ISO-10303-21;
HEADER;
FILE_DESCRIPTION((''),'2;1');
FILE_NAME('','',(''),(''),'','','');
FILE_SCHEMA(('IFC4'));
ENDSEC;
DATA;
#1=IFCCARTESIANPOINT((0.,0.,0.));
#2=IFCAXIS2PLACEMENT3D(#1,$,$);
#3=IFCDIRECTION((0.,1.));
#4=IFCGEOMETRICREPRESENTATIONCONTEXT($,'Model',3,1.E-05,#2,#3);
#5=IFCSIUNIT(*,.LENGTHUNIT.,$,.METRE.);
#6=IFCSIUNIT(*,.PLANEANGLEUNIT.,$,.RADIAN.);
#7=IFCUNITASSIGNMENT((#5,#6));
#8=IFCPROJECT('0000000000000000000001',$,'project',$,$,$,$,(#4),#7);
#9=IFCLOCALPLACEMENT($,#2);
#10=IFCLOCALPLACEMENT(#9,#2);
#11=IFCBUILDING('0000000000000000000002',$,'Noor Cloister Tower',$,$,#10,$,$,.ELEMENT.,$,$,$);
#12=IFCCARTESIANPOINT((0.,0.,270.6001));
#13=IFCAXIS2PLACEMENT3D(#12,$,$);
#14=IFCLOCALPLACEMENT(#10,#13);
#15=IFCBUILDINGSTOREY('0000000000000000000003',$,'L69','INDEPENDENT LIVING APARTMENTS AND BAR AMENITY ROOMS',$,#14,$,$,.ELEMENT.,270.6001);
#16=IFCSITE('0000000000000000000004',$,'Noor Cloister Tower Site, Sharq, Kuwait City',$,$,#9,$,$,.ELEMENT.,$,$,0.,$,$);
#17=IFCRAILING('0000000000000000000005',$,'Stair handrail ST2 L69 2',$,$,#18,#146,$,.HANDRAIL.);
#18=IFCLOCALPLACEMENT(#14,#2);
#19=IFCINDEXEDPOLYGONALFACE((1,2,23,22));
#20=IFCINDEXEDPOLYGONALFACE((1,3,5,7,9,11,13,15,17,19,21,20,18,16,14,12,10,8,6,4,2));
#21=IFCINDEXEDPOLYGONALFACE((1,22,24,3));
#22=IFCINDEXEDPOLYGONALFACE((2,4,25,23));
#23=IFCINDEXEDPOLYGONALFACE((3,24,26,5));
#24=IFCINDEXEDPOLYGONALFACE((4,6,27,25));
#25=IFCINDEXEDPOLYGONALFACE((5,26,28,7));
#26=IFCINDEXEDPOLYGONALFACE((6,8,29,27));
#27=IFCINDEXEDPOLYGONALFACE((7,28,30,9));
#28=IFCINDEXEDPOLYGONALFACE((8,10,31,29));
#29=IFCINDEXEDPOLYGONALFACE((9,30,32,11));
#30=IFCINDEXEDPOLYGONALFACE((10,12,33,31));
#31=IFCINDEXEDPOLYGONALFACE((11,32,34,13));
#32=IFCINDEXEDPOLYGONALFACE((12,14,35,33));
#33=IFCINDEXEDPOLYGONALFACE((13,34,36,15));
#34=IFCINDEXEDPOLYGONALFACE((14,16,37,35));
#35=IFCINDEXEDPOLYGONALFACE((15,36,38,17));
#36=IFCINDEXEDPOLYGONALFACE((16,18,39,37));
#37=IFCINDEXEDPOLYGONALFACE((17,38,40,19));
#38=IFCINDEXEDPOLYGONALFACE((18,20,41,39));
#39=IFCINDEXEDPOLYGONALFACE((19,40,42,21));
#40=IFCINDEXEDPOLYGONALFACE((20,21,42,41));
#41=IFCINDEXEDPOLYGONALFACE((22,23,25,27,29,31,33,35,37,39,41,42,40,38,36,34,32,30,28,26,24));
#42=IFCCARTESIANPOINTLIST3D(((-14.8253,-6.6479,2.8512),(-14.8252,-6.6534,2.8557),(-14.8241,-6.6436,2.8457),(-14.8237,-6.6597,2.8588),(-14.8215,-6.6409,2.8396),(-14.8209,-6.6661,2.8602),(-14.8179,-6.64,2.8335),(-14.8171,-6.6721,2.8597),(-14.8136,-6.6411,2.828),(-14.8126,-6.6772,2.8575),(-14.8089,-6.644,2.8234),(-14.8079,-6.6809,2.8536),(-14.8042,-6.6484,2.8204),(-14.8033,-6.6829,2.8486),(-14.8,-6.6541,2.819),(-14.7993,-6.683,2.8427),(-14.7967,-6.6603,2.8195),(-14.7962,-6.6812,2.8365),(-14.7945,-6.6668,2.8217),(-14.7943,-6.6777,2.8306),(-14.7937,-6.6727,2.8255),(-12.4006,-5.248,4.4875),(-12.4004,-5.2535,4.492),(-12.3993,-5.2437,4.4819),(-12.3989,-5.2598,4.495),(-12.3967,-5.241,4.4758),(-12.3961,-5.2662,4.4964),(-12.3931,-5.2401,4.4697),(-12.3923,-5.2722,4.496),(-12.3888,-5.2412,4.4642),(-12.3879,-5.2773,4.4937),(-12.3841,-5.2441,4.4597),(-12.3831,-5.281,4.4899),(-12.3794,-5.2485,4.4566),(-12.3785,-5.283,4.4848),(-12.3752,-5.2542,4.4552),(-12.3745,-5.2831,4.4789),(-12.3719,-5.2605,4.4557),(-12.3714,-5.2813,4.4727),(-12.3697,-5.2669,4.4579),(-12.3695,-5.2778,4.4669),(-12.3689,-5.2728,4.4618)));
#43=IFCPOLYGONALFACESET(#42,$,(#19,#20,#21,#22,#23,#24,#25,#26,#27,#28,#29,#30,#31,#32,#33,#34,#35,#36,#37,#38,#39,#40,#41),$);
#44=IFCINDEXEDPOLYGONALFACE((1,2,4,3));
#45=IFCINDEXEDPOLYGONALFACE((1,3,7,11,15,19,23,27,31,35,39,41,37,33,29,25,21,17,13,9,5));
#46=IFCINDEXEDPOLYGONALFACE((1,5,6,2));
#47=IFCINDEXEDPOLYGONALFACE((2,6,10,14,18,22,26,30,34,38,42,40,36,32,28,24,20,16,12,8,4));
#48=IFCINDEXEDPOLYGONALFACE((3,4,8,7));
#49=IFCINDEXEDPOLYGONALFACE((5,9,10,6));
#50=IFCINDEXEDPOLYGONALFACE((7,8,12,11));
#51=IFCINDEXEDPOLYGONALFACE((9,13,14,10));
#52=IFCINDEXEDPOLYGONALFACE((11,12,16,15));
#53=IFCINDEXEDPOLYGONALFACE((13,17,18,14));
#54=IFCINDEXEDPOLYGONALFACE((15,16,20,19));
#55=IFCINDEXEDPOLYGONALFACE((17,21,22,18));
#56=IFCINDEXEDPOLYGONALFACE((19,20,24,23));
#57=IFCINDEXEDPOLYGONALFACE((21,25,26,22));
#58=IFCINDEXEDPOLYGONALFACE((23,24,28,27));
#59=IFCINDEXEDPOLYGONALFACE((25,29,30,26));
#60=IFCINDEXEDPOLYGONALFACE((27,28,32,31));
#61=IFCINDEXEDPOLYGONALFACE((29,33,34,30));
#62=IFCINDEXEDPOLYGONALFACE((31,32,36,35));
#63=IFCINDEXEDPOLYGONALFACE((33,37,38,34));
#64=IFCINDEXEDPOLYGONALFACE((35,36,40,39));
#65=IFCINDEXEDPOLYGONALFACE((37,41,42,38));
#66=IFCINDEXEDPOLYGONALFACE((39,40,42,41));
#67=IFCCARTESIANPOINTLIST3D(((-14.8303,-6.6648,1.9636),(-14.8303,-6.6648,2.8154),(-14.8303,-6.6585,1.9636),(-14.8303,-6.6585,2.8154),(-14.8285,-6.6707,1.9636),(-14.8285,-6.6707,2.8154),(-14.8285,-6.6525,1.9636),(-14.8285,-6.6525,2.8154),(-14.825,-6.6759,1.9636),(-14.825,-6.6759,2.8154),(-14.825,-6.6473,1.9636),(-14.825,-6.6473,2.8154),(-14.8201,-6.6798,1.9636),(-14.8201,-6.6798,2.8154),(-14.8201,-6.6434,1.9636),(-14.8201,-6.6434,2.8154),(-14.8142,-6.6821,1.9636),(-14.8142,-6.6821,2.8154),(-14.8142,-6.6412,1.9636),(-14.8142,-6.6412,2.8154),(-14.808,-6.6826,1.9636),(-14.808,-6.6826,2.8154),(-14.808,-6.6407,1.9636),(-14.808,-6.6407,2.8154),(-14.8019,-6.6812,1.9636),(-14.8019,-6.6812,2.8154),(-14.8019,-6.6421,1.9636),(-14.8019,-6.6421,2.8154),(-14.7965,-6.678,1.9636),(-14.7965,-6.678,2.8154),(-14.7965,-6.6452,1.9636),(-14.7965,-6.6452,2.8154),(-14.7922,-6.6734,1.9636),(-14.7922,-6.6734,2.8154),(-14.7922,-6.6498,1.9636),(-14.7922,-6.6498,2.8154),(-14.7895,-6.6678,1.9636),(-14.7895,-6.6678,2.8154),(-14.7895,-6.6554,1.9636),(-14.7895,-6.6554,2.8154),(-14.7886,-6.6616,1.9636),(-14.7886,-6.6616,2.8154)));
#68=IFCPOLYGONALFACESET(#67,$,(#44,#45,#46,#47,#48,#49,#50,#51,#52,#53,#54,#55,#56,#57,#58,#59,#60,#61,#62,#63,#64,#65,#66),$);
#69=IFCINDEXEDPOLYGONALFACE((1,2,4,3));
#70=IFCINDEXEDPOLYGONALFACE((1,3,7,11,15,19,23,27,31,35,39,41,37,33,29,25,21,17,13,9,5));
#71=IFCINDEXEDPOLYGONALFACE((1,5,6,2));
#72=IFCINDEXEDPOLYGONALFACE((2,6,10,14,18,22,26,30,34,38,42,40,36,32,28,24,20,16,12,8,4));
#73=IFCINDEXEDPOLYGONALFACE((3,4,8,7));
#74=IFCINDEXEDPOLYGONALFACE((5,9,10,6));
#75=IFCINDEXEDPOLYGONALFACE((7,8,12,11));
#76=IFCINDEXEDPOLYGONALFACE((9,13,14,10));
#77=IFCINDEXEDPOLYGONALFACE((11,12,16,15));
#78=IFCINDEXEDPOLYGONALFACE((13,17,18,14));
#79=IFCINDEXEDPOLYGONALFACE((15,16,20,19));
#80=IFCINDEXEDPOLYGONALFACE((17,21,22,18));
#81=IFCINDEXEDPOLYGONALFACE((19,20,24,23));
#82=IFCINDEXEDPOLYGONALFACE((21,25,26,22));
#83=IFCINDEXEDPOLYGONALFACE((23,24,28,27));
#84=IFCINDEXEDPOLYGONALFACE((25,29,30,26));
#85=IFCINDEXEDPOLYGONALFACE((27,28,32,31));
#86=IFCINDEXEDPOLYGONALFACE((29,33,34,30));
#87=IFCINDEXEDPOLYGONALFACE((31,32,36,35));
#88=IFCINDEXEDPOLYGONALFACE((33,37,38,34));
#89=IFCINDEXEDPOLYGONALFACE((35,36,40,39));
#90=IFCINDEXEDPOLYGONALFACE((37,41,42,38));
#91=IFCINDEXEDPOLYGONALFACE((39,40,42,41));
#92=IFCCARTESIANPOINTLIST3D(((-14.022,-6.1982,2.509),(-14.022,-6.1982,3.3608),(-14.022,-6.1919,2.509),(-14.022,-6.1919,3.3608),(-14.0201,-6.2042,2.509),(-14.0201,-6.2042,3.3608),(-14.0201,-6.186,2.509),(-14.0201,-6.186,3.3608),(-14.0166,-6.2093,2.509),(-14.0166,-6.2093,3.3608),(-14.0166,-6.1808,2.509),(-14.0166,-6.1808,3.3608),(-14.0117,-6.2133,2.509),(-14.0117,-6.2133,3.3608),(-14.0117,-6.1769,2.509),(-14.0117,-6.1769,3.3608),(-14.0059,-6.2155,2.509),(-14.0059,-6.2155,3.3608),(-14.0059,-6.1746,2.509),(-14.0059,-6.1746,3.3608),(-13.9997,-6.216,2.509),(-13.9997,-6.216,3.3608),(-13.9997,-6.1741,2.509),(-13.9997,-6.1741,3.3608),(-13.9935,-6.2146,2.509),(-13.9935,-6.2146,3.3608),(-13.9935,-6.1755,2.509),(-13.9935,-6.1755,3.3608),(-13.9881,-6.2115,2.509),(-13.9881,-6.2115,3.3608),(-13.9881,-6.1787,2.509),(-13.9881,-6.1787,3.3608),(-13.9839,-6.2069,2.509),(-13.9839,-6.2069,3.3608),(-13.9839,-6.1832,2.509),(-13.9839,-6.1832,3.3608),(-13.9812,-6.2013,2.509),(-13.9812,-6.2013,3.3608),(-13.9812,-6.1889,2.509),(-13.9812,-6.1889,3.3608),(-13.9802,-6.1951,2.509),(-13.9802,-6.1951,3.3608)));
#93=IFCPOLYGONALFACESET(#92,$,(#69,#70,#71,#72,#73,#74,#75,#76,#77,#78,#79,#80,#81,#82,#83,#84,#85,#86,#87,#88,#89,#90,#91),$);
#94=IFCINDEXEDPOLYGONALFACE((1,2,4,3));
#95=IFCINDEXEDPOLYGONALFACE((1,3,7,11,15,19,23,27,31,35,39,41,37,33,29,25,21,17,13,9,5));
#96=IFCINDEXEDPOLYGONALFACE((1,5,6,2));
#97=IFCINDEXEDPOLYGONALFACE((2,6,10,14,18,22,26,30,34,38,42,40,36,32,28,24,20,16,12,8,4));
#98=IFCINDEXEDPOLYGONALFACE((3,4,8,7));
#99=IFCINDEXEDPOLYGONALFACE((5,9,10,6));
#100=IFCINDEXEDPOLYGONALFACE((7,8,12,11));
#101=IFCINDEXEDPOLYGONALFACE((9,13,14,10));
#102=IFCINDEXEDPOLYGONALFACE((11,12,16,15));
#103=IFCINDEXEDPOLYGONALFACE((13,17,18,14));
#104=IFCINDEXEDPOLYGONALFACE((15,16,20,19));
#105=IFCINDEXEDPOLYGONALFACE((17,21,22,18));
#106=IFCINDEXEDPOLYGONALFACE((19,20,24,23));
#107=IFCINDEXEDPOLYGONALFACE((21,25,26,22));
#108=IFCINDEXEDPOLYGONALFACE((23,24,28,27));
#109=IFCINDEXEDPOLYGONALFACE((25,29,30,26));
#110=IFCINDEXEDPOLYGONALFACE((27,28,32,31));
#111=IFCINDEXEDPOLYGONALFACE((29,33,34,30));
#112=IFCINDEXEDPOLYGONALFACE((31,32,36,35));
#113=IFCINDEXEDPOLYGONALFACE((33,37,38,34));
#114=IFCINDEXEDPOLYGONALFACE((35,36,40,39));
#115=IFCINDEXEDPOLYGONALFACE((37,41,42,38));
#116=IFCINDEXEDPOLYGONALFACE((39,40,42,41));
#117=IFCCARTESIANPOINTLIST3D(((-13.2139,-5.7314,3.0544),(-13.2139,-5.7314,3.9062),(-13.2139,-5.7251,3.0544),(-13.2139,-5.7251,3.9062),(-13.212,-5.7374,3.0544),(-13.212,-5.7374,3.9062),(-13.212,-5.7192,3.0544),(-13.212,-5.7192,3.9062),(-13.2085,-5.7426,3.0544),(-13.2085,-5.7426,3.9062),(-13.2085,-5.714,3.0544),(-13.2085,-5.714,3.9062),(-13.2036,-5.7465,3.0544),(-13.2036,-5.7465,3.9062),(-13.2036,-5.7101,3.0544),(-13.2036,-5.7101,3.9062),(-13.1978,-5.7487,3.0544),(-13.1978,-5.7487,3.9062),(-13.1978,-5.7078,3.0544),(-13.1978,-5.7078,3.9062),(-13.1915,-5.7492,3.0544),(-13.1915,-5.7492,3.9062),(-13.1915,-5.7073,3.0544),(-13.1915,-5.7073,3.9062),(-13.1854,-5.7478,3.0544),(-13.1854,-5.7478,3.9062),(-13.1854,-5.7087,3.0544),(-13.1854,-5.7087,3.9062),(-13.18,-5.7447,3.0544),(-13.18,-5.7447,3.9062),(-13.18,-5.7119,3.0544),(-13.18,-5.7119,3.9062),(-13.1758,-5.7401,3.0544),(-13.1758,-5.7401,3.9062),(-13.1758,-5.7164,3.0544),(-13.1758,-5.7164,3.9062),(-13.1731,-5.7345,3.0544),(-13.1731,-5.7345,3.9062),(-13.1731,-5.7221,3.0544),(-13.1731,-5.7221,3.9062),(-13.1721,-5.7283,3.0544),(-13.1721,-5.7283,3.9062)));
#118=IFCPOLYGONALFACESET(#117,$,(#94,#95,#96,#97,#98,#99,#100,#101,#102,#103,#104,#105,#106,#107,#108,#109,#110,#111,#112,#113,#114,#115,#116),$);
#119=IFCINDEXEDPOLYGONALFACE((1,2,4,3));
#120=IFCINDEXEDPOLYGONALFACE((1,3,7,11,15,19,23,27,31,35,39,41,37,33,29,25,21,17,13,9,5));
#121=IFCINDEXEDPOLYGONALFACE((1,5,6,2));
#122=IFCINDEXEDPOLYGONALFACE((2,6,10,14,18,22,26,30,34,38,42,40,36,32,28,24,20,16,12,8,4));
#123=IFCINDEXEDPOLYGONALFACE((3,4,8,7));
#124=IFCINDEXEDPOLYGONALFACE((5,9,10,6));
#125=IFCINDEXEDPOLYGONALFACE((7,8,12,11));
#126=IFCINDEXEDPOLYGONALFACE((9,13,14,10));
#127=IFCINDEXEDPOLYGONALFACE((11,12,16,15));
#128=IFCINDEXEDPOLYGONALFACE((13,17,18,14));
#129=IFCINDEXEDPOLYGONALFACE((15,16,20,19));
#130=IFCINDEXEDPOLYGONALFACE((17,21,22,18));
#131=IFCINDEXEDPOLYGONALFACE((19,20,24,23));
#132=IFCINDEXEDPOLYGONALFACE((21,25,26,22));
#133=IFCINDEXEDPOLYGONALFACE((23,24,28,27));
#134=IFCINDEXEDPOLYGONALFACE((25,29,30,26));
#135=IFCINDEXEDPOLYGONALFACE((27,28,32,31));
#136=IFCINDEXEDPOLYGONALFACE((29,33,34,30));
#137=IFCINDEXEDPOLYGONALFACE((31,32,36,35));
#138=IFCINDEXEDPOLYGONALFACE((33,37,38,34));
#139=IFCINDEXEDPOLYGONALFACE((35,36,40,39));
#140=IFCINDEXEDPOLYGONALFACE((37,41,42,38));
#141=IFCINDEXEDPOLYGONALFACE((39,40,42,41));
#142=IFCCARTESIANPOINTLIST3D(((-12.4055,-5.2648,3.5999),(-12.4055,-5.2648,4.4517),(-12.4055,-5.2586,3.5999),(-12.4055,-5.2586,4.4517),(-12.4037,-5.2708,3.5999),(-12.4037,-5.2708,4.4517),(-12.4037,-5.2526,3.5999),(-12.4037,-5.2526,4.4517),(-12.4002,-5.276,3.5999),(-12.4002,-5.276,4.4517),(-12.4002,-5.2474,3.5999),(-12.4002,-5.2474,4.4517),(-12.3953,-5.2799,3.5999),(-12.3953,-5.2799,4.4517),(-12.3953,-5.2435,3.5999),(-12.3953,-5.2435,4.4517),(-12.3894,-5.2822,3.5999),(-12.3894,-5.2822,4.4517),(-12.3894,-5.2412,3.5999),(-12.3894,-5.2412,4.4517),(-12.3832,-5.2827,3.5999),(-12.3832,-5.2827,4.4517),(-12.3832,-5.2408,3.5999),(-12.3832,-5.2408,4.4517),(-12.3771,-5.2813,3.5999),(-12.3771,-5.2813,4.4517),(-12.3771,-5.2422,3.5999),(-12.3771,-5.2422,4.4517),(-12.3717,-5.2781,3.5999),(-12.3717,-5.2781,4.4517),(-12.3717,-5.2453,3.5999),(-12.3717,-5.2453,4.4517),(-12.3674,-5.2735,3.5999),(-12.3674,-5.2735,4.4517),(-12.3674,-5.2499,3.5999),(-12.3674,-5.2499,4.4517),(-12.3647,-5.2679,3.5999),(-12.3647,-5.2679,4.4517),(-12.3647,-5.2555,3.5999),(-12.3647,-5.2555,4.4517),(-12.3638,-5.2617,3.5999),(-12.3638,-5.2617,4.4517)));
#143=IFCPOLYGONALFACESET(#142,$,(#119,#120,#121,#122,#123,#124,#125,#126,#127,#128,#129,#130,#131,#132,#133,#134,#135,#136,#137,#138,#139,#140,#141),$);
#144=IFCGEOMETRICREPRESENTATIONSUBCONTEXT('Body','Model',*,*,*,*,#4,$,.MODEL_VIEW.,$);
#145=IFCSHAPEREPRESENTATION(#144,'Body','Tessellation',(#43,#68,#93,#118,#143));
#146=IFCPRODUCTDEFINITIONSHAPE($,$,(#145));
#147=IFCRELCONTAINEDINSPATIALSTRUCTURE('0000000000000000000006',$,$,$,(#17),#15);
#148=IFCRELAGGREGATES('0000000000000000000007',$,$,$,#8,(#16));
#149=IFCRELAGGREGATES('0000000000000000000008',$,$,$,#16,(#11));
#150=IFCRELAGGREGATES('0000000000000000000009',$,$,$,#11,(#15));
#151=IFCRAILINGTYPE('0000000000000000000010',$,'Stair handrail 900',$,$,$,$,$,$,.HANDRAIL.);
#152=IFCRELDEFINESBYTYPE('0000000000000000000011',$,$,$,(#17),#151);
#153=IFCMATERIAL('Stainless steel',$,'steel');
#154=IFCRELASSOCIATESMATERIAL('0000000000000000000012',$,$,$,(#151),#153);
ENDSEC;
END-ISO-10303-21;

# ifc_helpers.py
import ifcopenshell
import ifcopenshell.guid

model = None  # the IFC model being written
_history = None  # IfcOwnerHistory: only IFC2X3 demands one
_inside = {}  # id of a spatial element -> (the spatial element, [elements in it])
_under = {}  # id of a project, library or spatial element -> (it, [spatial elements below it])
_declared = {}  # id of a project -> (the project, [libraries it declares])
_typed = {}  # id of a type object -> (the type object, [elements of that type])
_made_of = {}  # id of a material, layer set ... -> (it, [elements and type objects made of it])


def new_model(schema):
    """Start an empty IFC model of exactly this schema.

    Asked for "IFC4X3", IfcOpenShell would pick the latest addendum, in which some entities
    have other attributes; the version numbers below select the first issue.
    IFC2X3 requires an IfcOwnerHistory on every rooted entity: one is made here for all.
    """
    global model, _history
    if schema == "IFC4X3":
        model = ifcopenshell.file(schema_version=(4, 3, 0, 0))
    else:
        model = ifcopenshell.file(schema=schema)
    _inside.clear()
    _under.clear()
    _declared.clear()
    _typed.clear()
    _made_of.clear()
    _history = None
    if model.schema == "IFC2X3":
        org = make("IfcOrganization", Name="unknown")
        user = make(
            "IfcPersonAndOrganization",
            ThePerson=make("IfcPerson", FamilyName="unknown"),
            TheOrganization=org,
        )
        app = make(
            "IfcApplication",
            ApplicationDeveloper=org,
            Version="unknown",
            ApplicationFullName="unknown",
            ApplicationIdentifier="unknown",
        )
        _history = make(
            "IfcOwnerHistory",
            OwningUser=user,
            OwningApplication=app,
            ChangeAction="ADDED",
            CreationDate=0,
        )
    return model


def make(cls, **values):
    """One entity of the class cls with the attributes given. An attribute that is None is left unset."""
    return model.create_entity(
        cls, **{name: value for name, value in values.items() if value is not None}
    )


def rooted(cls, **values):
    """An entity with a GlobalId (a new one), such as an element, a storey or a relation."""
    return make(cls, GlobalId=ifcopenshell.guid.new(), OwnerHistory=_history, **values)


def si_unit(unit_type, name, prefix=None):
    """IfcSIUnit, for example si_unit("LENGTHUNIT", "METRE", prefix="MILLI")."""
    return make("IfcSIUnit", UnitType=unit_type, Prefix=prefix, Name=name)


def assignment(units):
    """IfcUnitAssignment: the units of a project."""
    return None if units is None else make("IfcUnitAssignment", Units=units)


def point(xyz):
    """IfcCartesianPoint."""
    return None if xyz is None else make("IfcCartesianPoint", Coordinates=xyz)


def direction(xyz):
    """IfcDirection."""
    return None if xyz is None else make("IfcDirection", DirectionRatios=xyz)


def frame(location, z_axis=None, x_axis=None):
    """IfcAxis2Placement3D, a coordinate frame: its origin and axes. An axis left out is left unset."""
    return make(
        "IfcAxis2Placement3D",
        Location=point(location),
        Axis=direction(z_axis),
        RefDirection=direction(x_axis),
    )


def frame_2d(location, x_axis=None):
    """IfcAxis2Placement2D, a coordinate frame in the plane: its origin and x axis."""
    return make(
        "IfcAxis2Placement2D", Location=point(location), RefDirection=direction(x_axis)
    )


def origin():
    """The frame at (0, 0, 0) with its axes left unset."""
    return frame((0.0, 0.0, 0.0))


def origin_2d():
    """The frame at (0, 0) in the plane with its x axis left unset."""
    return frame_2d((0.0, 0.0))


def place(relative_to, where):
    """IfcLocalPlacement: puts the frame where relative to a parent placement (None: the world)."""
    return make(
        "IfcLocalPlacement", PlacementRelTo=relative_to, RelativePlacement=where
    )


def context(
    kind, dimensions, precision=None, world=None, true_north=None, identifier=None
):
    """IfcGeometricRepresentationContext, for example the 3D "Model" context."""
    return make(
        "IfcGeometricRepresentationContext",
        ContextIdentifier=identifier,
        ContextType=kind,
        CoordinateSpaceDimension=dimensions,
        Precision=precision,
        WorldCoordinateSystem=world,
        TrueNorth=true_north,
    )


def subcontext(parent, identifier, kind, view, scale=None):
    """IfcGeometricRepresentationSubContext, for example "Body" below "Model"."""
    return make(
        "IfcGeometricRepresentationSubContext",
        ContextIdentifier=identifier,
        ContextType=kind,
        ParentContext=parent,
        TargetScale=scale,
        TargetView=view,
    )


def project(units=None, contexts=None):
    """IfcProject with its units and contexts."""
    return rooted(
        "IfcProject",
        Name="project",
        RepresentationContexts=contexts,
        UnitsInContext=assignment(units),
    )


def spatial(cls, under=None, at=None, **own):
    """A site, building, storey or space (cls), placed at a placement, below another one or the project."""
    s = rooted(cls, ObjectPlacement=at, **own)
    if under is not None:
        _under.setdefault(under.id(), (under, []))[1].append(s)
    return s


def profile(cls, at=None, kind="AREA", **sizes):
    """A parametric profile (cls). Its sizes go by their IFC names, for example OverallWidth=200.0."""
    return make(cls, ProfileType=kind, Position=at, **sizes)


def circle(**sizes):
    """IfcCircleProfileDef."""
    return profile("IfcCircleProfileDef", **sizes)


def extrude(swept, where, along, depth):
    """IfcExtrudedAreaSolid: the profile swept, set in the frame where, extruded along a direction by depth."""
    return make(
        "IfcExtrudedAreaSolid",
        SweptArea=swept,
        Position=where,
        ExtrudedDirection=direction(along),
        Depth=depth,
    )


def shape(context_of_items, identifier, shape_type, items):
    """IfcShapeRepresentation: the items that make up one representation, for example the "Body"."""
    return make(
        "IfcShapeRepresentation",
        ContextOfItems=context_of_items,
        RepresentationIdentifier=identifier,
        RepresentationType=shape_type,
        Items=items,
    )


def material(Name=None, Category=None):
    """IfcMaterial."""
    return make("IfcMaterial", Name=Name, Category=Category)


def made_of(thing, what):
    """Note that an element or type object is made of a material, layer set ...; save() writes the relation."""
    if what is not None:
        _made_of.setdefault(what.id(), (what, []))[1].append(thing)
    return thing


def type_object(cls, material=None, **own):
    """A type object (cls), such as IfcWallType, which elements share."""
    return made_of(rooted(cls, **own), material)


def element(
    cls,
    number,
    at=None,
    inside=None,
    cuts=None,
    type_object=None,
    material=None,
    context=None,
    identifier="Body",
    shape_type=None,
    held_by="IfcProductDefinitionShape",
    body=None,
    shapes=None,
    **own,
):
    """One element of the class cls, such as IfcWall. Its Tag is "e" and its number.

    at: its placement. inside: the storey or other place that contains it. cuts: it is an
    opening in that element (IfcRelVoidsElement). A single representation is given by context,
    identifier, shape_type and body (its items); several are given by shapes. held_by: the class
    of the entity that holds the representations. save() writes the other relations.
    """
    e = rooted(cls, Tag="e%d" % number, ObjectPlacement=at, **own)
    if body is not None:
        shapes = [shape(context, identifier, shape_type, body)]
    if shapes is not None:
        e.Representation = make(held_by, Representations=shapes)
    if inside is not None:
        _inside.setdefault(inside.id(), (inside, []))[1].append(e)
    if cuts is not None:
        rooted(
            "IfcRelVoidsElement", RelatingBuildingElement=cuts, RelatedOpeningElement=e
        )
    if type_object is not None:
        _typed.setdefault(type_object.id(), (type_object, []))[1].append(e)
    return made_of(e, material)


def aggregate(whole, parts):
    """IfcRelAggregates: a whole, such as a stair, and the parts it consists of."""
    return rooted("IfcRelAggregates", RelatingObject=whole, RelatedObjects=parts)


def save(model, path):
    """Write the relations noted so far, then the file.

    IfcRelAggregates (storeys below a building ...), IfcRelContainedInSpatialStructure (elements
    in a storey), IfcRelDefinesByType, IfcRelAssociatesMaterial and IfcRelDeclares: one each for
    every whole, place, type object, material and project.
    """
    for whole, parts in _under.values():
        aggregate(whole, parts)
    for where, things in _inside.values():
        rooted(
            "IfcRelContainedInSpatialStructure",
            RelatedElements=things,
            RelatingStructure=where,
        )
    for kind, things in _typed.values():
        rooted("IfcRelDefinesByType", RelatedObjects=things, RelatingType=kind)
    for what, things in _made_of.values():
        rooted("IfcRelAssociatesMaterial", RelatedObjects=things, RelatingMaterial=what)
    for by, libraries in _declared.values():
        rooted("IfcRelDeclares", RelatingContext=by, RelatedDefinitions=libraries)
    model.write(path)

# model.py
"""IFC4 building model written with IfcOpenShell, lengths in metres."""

from ifc_helpers import new_model, si_unit, direction, frame, origin, origin_2d, place, context, subcontext, project, spatial, circle, extrude, material, type_object, element, save


model = new_model("IFC4")

# Units and contexts
model_context = context("Model", 3, precision=1e-05, world=origin(), true_north=direction((0.0, 1.0)))
body_context = subcontext(model_context, "Body", "Model", "MODEL_VIEW")
ifc_project = project(units=[si_unit("LENGTHUNIT", "METRE"), si_unit("PLANEANGLEUNIT", "RADIAN")], contexts=[model_context])

# Site, building, storey
site_placement = place(None, origin())
site = spatial("IfcSite", under=ifc_project, at=site_placement, Name="Noor Cloister Tower Site, Sharq, Kuwait City", CompositionType="ELEMENT", RefElevation=0.0)
building_placement = place(site_placement, origin())
building = spatial("IfcBuilding", under=site, at=building_placement, Name="Noor Cloister Tower", CompositionType="ELEMENT")
storey_placement = place(building_placement, frame((0.0, 0.0, 270.6001)))
storey = spatial("IfcBuildingStorey", under=building, at=storey_placement, Name="L69", Description="INDEPENDENT LIVING APARTMENTS AND BAR AMENITY ROOMS", CompositionType="ELEMENT", Elevation=270.6001)

# Railing
ifc_material_1 = material(Name="Stainless steel", Category="steel")
railing_type = type_object("IfcRailingType", Name="Stair handrail 900", PredefinedType="HANDRAIL", material=ifc_material_1)
railing_placement = place(storey_placement, frame((-14.8096, -6.6616, 1.9636)))
element("IfcRailing", 1, at=railing_placement, inside=storey, type_object=railing_type, Name="Stair handrail ST2 L69 2", PredefinedType="HANDRAIL", context=body_context, shape_type="SweptSolid", body=[
    extrude(circle(Radius=0.0239, at=origin_2d()), frame((0.0, 0.0, 0.876), z_axis=(0.747718, 0.431677, 0.504552), x_axis=(-0.499984, 0.866035, 0.0)), (0.0, 0.0, 1.0), 3.2429),
    extrude(circle(Radius=0.021, at=origin_2d()), origin(), (0.0, 0.0, 1.0), 0.8518),
    extrude(circle(Radius=0.021, at=origin_2d()), frame((0.8083, 0.4666, 0.5454)), (0.0, 0.0, 1.0), 0.8518),
    extrude(circle(Radius=0.021, at=origin_2d()), frame((1.6165, 0.9333, 1.0908)), (0.0, 0.0, 1.0), 0.8518),
    extrude(circle(Radius=0.021, at=origin_2d()), frame((2.4248, 1.3999, 1.6362)), (0.0, 0.0, 1.0), 0.8518),
])

save(model, "model.ifc")
